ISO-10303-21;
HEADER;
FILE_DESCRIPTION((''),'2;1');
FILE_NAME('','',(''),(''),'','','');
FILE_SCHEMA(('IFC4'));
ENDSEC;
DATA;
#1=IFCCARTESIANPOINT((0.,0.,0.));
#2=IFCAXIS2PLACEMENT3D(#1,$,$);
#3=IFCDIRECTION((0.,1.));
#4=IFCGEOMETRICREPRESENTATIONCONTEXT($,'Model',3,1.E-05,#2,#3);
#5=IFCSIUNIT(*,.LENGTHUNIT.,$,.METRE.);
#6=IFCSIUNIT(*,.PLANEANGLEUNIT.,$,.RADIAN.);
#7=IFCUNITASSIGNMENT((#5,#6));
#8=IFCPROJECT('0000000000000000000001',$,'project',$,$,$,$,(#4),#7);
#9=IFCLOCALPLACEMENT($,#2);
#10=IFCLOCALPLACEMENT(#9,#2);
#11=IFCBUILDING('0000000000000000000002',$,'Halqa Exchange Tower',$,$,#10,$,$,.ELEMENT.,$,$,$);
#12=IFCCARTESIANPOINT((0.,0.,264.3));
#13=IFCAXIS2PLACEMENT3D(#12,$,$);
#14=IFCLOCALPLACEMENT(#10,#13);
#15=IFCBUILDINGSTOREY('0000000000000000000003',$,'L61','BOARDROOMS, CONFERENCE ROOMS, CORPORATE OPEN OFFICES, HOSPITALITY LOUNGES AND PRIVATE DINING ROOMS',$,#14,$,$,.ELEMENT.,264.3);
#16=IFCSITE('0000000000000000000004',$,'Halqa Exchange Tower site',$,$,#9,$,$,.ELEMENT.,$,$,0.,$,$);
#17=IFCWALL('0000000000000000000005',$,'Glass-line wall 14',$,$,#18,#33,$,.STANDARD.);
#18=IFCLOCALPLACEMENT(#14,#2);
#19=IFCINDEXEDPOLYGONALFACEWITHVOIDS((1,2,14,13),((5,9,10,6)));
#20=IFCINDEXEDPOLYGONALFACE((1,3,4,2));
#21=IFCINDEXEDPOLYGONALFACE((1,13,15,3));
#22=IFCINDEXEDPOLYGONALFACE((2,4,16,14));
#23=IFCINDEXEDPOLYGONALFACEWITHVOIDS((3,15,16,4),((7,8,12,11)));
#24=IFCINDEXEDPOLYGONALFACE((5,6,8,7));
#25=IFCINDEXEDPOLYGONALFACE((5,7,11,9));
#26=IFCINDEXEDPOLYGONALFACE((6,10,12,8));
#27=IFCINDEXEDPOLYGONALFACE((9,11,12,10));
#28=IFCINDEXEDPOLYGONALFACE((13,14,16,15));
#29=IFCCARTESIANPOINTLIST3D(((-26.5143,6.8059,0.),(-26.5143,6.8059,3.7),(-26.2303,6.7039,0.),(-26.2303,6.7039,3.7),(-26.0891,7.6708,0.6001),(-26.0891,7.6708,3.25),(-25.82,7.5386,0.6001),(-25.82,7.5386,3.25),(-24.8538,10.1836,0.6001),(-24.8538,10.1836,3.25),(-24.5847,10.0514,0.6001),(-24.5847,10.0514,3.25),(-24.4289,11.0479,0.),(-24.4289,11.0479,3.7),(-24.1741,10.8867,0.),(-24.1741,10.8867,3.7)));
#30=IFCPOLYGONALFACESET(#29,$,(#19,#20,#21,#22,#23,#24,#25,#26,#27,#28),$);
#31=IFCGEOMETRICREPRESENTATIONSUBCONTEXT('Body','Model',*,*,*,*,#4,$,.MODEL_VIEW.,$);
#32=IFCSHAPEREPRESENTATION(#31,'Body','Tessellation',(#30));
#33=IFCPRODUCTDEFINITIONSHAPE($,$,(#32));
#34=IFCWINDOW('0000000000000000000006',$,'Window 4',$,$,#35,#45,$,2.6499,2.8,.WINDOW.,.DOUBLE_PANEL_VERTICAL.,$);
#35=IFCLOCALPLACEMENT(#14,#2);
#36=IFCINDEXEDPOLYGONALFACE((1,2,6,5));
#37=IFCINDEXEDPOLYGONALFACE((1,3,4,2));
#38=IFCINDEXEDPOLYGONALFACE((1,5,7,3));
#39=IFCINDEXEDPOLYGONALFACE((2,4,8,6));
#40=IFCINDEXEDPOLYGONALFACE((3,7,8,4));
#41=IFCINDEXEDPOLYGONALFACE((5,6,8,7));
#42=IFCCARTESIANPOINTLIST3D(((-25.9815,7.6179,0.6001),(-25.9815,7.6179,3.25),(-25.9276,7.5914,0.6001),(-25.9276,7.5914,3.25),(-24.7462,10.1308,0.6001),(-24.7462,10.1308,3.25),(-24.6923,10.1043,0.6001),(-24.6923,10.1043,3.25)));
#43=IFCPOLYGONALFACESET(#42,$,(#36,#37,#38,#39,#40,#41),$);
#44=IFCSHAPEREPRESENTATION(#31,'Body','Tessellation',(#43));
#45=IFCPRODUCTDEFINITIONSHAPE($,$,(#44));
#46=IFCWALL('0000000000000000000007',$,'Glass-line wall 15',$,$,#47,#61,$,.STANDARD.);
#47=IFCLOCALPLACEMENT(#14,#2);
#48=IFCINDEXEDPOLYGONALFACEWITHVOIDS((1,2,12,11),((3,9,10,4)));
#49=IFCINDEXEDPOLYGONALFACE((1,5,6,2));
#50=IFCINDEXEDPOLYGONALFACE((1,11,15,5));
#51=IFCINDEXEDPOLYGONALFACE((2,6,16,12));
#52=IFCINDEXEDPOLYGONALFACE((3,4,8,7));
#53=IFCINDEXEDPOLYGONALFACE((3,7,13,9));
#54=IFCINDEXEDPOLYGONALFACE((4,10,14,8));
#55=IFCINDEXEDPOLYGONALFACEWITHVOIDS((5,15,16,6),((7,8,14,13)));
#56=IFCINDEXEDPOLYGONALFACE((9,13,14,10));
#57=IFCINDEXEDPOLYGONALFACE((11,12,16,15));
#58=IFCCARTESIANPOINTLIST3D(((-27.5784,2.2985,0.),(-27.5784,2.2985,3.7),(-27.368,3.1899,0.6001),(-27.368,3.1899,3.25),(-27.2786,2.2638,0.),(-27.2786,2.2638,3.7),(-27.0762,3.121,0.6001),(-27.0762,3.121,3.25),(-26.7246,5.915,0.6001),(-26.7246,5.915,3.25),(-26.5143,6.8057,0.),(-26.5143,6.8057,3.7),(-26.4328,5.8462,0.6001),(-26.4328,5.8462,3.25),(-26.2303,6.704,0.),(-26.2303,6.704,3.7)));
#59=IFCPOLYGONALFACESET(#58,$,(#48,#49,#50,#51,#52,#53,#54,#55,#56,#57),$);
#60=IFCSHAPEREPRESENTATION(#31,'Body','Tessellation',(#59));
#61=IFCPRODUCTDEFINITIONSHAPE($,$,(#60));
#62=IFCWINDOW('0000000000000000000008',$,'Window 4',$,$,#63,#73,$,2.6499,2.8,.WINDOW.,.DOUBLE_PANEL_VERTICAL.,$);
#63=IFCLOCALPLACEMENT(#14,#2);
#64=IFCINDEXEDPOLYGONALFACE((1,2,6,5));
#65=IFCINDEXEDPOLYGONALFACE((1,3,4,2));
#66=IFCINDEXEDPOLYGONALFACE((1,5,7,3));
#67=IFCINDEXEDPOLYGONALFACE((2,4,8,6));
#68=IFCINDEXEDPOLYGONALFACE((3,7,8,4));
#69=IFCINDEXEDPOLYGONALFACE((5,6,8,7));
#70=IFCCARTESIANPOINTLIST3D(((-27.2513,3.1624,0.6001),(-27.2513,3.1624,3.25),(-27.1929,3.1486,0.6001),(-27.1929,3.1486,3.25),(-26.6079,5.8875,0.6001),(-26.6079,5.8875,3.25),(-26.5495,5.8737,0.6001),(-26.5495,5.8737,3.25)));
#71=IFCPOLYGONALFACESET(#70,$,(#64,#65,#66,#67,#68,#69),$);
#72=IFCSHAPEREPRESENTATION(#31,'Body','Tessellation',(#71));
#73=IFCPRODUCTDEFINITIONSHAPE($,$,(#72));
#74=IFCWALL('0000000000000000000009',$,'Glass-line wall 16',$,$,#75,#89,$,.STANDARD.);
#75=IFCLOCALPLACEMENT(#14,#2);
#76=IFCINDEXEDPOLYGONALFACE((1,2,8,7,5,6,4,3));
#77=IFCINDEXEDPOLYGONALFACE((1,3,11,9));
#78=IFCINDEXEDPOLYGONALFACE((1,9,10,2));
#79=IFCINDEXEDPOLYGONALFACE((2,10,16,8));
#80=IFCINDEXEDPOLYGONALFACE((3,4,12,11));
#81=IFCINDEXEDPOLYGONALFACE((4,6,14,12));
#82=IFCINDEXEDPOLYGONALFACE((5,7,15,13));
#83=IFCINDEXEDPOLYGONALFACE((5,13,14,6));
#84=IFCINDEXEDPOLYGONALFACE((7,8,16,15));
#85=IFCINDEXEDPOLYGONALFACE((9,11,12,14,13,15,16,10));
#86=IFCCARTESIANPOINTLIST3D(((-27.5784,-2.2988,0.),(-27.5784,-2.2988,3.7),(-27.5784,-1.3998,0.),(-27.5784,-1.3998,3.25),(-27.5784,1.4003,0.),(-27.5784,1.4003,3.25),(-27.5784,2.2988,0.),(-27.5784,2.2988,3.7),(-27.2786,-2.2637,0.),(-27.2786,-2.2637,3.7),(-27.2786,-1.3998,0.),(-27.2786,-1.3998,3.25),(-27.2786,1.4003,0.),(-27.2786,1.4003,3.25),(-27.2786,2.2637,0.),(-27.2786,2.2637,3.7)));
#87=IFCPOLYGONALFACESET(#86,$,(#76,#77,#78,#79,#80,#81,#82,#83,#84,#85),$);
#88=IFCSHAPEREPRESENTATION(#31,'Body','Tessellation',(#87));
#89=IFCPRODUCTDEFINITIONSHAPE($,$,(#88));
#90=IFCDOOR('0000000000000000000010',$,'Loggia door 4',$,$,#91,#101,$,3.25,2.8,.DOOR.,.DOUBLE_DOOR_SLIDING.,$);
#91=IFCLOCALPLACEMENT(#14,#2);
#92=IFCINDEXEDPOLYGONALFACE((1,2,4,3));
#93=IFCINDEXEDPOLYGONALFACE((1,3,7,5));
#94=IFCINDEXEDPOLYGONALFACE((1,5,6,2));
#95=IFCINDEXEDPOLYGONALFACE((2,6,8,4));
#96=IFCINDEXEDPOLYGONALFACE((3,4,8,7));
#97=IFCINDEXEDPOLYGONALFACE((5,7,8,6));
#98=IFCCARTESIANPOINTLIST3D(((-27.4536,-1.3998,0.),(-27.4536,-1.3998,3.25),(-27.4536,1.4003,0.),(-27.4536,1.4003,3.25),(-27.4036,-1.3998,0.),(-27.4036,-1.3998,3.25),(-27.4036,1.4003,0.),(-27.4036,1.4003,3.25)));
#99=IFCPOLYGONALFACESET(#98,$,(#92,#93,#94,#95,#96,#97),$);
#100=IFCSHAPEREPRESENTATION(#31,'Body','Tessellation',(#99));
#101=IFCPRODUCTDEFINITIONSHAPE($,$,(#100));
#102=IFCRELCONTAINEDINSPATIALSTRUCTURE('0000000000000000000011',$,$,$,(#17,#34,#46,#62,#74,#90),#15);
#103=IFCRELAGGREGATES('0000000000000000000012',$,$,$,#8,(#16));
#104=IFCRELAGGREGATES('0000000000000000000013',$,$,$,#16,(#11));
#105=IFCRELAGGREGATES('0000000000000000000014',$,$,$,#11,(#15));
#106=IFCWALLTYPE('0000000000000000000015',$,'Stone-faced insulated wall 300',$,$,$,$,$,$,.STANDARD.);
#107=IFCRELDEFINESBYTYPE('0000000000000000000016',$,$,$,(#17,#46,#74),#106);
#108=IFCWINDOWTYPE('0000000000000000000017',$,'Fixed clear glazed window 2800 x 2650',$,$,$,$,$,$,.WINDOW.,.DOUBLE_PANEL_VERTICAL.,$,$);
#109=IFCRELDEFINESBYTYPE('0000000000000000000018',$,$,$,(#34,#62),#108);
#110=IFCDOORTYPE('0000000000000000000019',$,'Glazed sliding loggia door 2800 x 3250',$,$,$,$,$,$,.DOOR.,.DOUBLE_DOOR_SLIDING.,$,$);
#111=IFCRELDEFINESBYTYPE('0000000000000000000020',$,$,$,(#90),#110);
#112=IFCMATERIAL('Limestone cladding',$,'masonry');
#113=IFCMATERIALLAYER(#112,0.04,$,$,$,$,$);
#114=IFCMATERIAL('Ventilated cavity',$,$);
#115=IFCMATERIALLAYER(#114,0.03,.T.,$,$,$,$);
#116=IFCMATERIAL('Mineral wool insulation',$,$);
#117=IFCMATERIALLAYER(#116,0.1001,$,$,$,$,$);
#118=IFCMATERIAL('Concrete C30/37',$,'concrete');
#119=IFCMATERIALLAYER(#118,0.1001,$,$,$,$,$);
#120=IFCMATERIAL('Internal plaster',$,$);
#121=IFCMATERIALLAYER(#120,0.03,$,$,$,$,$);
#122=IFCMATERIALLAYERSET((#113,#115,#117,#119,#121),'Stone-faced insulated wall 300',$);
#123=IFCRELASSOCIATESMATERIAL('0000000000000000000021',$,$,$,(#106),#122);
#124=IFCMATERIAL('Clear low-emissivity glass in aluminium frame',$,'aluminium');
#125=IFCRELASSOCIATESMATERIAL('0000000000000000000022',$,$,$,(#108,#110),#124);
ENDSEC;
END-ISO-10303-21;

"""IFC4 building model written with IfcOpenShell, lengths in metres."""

from ifc_helpers import new_model, si_unit, direction, frame, frame_2d, origin, place, context, subcontext, project, spatial, polyline, rectangle, outline, extrude, material, layer, layer_set, type_object, element, fill, save


model = new_model("IFC4")

# Units and contexts
model_context = context("Model", 3, precision=1e-05, world=origin(), true_north=direction((0.0, 1.0)))
body_context = subcontext(model_context, "Body", "Model", "MODEL_VIEW")
ifc_project = project(units=[si_unit("LENGTHUNIT", "METRE"), si_unit("PLANEANGLEUNIT", "RADIAN")], contexts=[model_context])

# Site, building, storey
site_placement = place(None, origin())
site = spatial("IfcSite", under=ifc_project, at=site_placement, Name="Halqa Exchange Tower site", CompositionType="ELEMENT", RefElevation=0.0)
building_placement = place(site_placement, origin())
building = spatial("IfcBuilding", under=site, at=building_placement, Name="Halqa Exchange Tower", CompositionType="ELEMENT")
storey_placement = place(building_placement, frame((0.0, 0.0, 264.3)))
storey = spatial("IfcBuildingStorey", under=building, at=storey_placement, Name="L61", Description="BOARDROOMS, CONFERENCE ROOMS, CORPORATE OPEN OFFICES, HOSPITALITY LOUNGES AND PRIVATE DINING ROOMS", CompositionType="ELEMENT", Elevation=264.3)

# Walls, openings, windows
ifc_material_1 = material(Name="Limestone cladding", Category="masonry")
ifc_layer_1 = layer(ifc_material_1, 0.04)
ifc_material_2 = material(Name="Ventilated cavity")
ifc_layer_2 = layer(ifc_material_2, 0.03, ventilated=True)
ifc_material_3 = material(Name="Mineral wool insulation")
ifc_layer_3 = layer(ifc_material_3, 0.1001)
ifc_material_4 = material(Name="Concrete C30/37", Category="concrete")
ifc_layer_4 = layer(ifc_material_4, 0.1001)
ifc_material_5 = material(Name="Internal plaster")
ifc_layer_5 = layer(ifc_material_5, 0.03)
ifc_layer_set_1 = layer_set([ifc_layer_1, ifc_layer_2, ifc_layer_3, ifc_layer_4, ifc_layer_5], Name="Stone-faced insulated wall 300")
wall_type_1 = type_object("IfcWallType", Name="Stone-faced insulated wall 300", PredefinedType="STANDARD", material=ifc_layer_set_1)
wall_1_placement = place(storey_placement, frame((-24.3015, 10.9673, 0.0), z_axis=(0.0, 0.0, 1.0), x_axis=(-0.44117, -0.897424, 0.0)))
wall_1 = element("IfcWall", 1, at=wall_1_placement, inside=storey, type_object=wall_type_1, Name="Glass-line wall 14", PredefinedType="STANDARD", context=body_context, shape_type="SweptSolid", body=[
    extrude(outline(polyline([(-0.0161, -0.1499), (4.7107, -0.1499), (4.677, 0.1499), (0.0161, 0.1499), (-0.0161, -0.1499)])), origin(), (0.0, 0.0, 1.0), 3.7),
])
opening_1_placement = place(wall_1_placement, frame((0.947, 0.0, 0.6001)))
opening_1 = element("IfcOpeningElement", 2, at=opening_1_placement, cuts=wall_1, PredefinedType="OPENING", context=body_context, shape_type="SweptSolid", body=[
    extrude(rectangle(XDim=2.8, YDim=2.6499, at=frame_2d((1.3999, 1.325))), frame((0.0, 0.1621, 0.0), z_axis=(0.0, -1.0, 0.0), x_axis=(1.0, 0.0, 0.0)), (0.0, 0.0, 1.0), 0.324),
])
ifc_material_6 = material(Name="Clear low-emissivity glass in aluminium frame", Category="aluminium")
window_type = type_object("IfcWindowType", Name="Fixed clear glazed window 2800 x 2650", PartitioningType="DOUBLE_PANEL_VERTICAL", PredefinedType="WINDOW", material=ifc_material_6)
window_1_placement = place(opening_1_placement, origin())
window_1 = element("IfcWindow", 3, at=window_1_placement, inside=storey, type_object=window_type, Name="Window 4", OverallHeight=2.6499, OverallWidth=2.8, PartitioningType="DOUBLE_PANEL_VERTICAL", PredefinedType="WINDOW", context=body_context, shape_type="SweptSolid", body=[
    extrude(rectangle(XDim=2.8, YDim=2.6499, at=frame_2d((1.3999, 1.325))), frame((0.0, 0.03, 0.0), z_axis=(0.0, -1.0, 0.0), x_axis=(1.0, 0.0, 0.0)), (0.0, 0.0, 1.0), 0.0601),
])
fill(opening_1, window_1)
wall_2_placement = place(storey_placement, frame((-26.3723, 6.7549, 0.0), z_axis=(0.0, 0.0, 1.0), x_axis=(-0.229768, -0.973246, 0.0)))
wall_2 = element("IfcWall", 4, at=wall_2_placement, inside=storey, type_object=wall_type_1, Name="Glass-line wall 15", PredefinedType="STANDARD", context=body_context, shape_type="SweptSolid", body=[
    extrude(outline(polyline([(-0.0168, -0.1499), (4.6143, -0.1499), (4.5791, 0.1499), (0.0168, 0.1499), (-0.0168, -0.1499)])), origin(), (0.0, 0.0, 1.0), 3.7),
])
opening_2_placement = place(wall_2_placement, frame((0.8984, 0.0, 0.6001)))
opening_2 = element("IfcOpeningElement", 5, at=opening_2_placement, cuts=wall_2, PredefinedType="OPENING", context=body_context, shape_type="SweptSolid", body=[
    extrude(rectangle(XDim=2.8, YDim=2.6499, at=frame_2d((1.3999, 1.325))), frame((0.0, 0.1621, 0.0), z_axis=(0.0, -1.0, 0.0), x_axis=(1.0, 0.0, 0.0)), (0.0, 0.0, 1.0), 0.324),
])
window_2_placement = place(opening_2_placement, origin())
window_2 = element("IfcWindow", 6, at=window_2_placement, inside=storey, type_object=window_type, Name="Window 4", OverallHeight=2.6499, OverallWidth=2.8, PartitioningType="DOUBLE_PANEL_VERTICAL", PredefinedType="WINDOW", context=body_context, shape_type="SweptSolid", body=[
    extrude(rectangle(XDim=2.8, YDim=2.6499, at=frame_2d((1.3999, 1.325))), frame((0.0, 0.03, 0.0), z_axis=(0.0, -1.0, 0.0), x_axis=(1.0, 0.0, 0.0)), (0.0, 0.0, 1.0), 0.0601),
])
fill(opening_2, window_2)

# Wall, opening, door
wall_3_placement = place(storey_placement, frame((-27.4285, 2.2812, 0.0), z_axis=(0.0, 0.0, 1.0), x_axis=(0.0, -1.0, 0.0)))
wall_3 = element("IfcWall", 7, at=wall_3_placement, inside=storey, type_object=wall_type_1, Name="Glass-line wall 16", PredefinedType="STANDARD", context=body_context, shape_type="SweptSolid", body=[
    extrude(outline(polyline([(-0.0176, -0.1499), (4.5801, -0.1499), (4.5449, 0.1499), (0.0176, 0.1499), (-0.0176, -0.1499)])), origin(), (0.0, 0.0, 1.0), 3.7),
])
opening_3_placement = place(wall_3_placement, frame((0.8811, 0.0, 0.0)))
opening_3 = element("IfcOpeningElement", 8, at=opening_3_placement, cuts=wall_3, PredefinedType="OPENING", context=body_context, shape_type="SweptSolid", body=[
    extrude(rectangle(XDim=2.8, YDim=3.25, at=frame_2d((1.3999, 1.625))), frame((0.0, 0.1621, 0.0), z_axis=(0.0, -1.0, 0.0), x_axis=(1.0, 0.0, 0.0)), (0.0, 0.0, 1.0), 0.324),
])
door_type_1 = type_object("IfcDoorType", Name="Glazed sliding loggia door 2800 x 3250", OperationType="DOUBLE_DOOR_SLIDING", PredefinedType="DOOR", material=ifc_material_6)
door_1_placement = place(opening_3_placement, origin())
door_1 = element("IfcDoor", 9, at=door_1_placement, inside=storey, type_object=door_type_1, Name="Loggia door 4", OperationType="DOUBLE_DOOR_SLIDING", OverallHeight=3.25, OverallWidth=2.8, PredefinedType="DOOR", context=body_context, shape_type="SweptSolid", body=[
    extrude(rectangle(XDim=2.8, YDim=3.25, at=frame_2d((1.3999, 1.625))), frame((0.0, 0.0249, 0.0), z_axis=(0.0, -1.0, 0.0), x_axis=(1.0, 0.0, 0.0)), (0.0, 0.0, 1.0), 0.05),
])
fill(opening_3, door_1)

save(model, "model.ifc")
